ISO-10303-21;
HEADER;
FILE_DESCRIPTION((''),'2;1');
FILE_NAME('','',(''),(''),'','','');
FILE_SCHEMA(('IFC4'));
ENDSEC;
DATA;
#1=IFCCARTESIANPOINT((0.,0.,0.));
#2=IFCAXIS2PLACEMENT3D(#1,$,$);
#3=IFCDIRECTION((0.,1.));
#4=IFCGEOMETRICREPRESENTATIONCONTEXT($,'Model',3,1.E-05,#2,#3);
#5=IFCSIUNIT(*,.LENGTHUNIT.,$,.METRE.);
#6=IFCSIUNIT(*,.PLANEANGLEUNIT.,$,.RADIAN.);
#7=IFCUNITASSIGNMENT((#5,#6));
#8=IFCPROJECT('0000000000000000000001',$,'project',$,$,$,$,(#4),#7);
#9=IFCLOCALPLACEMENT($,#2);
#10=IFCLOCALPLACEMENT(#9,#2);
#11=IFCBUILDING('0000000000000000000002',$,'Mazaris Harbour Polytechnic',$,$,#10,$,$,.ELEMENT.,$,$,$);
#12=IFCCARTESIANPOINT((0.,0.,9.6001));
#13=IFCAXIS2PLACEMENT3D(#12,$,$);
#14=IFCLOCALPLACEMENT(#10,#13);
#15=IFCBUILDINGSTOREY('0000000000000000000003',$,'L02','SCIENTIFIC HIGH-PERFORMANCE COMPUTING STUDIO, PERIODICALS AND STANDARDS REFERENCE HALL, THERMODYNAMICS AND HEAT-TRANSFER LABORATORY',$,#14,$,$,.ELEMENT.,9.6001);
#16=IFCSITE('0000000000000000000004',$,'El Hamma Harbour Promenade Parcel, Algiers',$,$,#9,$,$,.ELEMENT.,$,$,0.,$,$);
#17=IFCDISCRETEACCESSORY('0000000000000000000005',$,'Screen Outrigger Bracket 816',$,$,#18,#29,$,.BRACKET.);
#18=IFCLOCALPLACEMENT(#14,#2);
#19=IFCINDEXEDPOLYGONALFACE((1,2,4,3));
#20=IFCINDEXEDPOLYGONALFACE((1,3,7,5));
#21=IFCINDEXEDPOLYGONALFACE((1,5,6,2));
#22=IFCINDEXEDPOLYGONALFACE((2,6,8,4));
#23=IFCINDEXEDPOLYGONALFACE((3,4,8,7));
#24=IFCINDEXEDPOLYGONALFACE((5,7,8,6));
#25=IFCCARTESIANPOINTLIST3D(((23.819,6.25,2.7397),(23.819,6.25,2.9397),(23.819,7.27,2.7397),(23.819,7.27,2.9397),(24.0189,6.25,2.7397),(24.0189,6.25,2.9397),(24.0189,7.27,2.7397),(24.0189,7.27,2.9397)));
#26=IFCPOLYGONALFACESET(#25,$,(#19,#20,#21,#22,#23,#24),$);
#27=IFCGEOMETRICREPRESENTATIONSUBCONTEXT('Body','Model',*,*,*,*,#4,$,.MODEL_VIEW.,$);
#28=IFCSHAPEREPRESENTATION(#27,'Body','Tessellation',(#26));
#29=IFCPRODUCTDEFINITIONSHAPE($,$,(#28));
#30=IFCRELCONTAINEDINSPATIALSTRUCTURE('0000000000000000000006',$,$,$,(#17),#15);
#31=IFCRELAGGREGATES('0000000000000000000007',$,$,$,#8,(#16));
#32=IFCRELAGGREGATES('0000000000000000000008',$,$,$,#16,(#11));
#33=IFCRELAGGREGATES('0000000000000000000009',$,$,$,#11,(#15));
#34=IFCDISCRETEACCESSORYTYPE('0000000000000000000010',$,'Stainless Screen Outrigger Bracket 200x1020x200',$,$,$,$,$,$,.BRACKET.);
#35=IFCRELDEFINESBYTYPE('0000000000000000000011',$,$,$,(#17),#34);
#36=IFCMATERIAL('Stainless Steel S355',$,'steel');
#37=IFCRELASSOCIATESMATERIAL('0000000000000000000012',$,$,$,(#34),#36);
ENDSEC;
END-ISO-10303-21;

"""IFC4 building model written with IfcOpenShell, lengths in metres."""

from ifc_helpers import new_model, si_unit, direction, frame, origin, origin_2d, place, context, subcontext, project, spatial, rectangle, extrude, material, type_object, element, save


model = new_model("IFC4")

# Units and contexts
model_context = context("Model", 3, precision=1e-05, world=origin(), true_north=direction((0.0, 1.0)))
body_context = subcontext(model_context, "Body", "Model", "MODEL_VIEW")
ifc_project = project(units=[si_unit("LENGTHUNIT", "METRE"), si_unit("PLANEANGLEUNIT", "RADIAN")], contexts=[model_context])

# Site, building, storey
site_placement = place(None, origin())
site = spatial("IfcSite", under=ifc_project, at=site_placement, Name="El Hamma Harbour Promenade Parcel, Algiers", CompositionType="ELEMENT", RefElevation=0.0)
building_placement = place(site_placement, origin())
building = spatial("IfcBuilding", under=site, at=building_placement, Name="Mazaris Harbour Polytechnic", CompositionType="ELEMENT")
storey_placement = place(building_placement, frame((0.0, 0.0, 9.6001)))
storey = spatial("IfcBuildingStorey", under=building, at=storey_placement, Name="L02", Description="SCIENTIFIC HIGH-PERFORMANCE COMPUTING STUDIO, PERIODICALS AND STANDARDS REFERENCE HALL, THERMODYNAMICS AND HEAT-TRANSFER LABORATORY", CompositionType="ELEMENT", Elevation=9.6001)

# Discrete accessory
ifc_material_1 = material(Name="Stainless Steel S355", Category="steel")
discrete_accessory_type = type_object("IfcDiscreteAccessoryType", Name="Stainless Screen Outrigger Bracket 200x1020x200", PredefinedType="BRACKET", material=ifc_material_1)
for number, where, z_axis, x_axis, name in (
    (1, (23.9189, 6.76, 2.7397), (0.0, 0.0, 1.0), (-1.0, 0.0, 0.0), "Screen Outrigger Bracket 816"),
):
    element("IfcDiscreteAccessory", number, at=place(storey_placement, frame(where, z_axis=z_axis, x_axis=x_axis)), inside=storey, type_object=discrete_accessory_type, Name=name, PredefinedType="BRACKET", context=body_context, shape_type="SweptSolid", body=[
        extrude(rectangle(XDim=0.2, YDim=1.02, at=origin_2d()), origin(), (0.0, 0.0, 1.0), 0.2),
    ])

save(model, "model.ifc")
